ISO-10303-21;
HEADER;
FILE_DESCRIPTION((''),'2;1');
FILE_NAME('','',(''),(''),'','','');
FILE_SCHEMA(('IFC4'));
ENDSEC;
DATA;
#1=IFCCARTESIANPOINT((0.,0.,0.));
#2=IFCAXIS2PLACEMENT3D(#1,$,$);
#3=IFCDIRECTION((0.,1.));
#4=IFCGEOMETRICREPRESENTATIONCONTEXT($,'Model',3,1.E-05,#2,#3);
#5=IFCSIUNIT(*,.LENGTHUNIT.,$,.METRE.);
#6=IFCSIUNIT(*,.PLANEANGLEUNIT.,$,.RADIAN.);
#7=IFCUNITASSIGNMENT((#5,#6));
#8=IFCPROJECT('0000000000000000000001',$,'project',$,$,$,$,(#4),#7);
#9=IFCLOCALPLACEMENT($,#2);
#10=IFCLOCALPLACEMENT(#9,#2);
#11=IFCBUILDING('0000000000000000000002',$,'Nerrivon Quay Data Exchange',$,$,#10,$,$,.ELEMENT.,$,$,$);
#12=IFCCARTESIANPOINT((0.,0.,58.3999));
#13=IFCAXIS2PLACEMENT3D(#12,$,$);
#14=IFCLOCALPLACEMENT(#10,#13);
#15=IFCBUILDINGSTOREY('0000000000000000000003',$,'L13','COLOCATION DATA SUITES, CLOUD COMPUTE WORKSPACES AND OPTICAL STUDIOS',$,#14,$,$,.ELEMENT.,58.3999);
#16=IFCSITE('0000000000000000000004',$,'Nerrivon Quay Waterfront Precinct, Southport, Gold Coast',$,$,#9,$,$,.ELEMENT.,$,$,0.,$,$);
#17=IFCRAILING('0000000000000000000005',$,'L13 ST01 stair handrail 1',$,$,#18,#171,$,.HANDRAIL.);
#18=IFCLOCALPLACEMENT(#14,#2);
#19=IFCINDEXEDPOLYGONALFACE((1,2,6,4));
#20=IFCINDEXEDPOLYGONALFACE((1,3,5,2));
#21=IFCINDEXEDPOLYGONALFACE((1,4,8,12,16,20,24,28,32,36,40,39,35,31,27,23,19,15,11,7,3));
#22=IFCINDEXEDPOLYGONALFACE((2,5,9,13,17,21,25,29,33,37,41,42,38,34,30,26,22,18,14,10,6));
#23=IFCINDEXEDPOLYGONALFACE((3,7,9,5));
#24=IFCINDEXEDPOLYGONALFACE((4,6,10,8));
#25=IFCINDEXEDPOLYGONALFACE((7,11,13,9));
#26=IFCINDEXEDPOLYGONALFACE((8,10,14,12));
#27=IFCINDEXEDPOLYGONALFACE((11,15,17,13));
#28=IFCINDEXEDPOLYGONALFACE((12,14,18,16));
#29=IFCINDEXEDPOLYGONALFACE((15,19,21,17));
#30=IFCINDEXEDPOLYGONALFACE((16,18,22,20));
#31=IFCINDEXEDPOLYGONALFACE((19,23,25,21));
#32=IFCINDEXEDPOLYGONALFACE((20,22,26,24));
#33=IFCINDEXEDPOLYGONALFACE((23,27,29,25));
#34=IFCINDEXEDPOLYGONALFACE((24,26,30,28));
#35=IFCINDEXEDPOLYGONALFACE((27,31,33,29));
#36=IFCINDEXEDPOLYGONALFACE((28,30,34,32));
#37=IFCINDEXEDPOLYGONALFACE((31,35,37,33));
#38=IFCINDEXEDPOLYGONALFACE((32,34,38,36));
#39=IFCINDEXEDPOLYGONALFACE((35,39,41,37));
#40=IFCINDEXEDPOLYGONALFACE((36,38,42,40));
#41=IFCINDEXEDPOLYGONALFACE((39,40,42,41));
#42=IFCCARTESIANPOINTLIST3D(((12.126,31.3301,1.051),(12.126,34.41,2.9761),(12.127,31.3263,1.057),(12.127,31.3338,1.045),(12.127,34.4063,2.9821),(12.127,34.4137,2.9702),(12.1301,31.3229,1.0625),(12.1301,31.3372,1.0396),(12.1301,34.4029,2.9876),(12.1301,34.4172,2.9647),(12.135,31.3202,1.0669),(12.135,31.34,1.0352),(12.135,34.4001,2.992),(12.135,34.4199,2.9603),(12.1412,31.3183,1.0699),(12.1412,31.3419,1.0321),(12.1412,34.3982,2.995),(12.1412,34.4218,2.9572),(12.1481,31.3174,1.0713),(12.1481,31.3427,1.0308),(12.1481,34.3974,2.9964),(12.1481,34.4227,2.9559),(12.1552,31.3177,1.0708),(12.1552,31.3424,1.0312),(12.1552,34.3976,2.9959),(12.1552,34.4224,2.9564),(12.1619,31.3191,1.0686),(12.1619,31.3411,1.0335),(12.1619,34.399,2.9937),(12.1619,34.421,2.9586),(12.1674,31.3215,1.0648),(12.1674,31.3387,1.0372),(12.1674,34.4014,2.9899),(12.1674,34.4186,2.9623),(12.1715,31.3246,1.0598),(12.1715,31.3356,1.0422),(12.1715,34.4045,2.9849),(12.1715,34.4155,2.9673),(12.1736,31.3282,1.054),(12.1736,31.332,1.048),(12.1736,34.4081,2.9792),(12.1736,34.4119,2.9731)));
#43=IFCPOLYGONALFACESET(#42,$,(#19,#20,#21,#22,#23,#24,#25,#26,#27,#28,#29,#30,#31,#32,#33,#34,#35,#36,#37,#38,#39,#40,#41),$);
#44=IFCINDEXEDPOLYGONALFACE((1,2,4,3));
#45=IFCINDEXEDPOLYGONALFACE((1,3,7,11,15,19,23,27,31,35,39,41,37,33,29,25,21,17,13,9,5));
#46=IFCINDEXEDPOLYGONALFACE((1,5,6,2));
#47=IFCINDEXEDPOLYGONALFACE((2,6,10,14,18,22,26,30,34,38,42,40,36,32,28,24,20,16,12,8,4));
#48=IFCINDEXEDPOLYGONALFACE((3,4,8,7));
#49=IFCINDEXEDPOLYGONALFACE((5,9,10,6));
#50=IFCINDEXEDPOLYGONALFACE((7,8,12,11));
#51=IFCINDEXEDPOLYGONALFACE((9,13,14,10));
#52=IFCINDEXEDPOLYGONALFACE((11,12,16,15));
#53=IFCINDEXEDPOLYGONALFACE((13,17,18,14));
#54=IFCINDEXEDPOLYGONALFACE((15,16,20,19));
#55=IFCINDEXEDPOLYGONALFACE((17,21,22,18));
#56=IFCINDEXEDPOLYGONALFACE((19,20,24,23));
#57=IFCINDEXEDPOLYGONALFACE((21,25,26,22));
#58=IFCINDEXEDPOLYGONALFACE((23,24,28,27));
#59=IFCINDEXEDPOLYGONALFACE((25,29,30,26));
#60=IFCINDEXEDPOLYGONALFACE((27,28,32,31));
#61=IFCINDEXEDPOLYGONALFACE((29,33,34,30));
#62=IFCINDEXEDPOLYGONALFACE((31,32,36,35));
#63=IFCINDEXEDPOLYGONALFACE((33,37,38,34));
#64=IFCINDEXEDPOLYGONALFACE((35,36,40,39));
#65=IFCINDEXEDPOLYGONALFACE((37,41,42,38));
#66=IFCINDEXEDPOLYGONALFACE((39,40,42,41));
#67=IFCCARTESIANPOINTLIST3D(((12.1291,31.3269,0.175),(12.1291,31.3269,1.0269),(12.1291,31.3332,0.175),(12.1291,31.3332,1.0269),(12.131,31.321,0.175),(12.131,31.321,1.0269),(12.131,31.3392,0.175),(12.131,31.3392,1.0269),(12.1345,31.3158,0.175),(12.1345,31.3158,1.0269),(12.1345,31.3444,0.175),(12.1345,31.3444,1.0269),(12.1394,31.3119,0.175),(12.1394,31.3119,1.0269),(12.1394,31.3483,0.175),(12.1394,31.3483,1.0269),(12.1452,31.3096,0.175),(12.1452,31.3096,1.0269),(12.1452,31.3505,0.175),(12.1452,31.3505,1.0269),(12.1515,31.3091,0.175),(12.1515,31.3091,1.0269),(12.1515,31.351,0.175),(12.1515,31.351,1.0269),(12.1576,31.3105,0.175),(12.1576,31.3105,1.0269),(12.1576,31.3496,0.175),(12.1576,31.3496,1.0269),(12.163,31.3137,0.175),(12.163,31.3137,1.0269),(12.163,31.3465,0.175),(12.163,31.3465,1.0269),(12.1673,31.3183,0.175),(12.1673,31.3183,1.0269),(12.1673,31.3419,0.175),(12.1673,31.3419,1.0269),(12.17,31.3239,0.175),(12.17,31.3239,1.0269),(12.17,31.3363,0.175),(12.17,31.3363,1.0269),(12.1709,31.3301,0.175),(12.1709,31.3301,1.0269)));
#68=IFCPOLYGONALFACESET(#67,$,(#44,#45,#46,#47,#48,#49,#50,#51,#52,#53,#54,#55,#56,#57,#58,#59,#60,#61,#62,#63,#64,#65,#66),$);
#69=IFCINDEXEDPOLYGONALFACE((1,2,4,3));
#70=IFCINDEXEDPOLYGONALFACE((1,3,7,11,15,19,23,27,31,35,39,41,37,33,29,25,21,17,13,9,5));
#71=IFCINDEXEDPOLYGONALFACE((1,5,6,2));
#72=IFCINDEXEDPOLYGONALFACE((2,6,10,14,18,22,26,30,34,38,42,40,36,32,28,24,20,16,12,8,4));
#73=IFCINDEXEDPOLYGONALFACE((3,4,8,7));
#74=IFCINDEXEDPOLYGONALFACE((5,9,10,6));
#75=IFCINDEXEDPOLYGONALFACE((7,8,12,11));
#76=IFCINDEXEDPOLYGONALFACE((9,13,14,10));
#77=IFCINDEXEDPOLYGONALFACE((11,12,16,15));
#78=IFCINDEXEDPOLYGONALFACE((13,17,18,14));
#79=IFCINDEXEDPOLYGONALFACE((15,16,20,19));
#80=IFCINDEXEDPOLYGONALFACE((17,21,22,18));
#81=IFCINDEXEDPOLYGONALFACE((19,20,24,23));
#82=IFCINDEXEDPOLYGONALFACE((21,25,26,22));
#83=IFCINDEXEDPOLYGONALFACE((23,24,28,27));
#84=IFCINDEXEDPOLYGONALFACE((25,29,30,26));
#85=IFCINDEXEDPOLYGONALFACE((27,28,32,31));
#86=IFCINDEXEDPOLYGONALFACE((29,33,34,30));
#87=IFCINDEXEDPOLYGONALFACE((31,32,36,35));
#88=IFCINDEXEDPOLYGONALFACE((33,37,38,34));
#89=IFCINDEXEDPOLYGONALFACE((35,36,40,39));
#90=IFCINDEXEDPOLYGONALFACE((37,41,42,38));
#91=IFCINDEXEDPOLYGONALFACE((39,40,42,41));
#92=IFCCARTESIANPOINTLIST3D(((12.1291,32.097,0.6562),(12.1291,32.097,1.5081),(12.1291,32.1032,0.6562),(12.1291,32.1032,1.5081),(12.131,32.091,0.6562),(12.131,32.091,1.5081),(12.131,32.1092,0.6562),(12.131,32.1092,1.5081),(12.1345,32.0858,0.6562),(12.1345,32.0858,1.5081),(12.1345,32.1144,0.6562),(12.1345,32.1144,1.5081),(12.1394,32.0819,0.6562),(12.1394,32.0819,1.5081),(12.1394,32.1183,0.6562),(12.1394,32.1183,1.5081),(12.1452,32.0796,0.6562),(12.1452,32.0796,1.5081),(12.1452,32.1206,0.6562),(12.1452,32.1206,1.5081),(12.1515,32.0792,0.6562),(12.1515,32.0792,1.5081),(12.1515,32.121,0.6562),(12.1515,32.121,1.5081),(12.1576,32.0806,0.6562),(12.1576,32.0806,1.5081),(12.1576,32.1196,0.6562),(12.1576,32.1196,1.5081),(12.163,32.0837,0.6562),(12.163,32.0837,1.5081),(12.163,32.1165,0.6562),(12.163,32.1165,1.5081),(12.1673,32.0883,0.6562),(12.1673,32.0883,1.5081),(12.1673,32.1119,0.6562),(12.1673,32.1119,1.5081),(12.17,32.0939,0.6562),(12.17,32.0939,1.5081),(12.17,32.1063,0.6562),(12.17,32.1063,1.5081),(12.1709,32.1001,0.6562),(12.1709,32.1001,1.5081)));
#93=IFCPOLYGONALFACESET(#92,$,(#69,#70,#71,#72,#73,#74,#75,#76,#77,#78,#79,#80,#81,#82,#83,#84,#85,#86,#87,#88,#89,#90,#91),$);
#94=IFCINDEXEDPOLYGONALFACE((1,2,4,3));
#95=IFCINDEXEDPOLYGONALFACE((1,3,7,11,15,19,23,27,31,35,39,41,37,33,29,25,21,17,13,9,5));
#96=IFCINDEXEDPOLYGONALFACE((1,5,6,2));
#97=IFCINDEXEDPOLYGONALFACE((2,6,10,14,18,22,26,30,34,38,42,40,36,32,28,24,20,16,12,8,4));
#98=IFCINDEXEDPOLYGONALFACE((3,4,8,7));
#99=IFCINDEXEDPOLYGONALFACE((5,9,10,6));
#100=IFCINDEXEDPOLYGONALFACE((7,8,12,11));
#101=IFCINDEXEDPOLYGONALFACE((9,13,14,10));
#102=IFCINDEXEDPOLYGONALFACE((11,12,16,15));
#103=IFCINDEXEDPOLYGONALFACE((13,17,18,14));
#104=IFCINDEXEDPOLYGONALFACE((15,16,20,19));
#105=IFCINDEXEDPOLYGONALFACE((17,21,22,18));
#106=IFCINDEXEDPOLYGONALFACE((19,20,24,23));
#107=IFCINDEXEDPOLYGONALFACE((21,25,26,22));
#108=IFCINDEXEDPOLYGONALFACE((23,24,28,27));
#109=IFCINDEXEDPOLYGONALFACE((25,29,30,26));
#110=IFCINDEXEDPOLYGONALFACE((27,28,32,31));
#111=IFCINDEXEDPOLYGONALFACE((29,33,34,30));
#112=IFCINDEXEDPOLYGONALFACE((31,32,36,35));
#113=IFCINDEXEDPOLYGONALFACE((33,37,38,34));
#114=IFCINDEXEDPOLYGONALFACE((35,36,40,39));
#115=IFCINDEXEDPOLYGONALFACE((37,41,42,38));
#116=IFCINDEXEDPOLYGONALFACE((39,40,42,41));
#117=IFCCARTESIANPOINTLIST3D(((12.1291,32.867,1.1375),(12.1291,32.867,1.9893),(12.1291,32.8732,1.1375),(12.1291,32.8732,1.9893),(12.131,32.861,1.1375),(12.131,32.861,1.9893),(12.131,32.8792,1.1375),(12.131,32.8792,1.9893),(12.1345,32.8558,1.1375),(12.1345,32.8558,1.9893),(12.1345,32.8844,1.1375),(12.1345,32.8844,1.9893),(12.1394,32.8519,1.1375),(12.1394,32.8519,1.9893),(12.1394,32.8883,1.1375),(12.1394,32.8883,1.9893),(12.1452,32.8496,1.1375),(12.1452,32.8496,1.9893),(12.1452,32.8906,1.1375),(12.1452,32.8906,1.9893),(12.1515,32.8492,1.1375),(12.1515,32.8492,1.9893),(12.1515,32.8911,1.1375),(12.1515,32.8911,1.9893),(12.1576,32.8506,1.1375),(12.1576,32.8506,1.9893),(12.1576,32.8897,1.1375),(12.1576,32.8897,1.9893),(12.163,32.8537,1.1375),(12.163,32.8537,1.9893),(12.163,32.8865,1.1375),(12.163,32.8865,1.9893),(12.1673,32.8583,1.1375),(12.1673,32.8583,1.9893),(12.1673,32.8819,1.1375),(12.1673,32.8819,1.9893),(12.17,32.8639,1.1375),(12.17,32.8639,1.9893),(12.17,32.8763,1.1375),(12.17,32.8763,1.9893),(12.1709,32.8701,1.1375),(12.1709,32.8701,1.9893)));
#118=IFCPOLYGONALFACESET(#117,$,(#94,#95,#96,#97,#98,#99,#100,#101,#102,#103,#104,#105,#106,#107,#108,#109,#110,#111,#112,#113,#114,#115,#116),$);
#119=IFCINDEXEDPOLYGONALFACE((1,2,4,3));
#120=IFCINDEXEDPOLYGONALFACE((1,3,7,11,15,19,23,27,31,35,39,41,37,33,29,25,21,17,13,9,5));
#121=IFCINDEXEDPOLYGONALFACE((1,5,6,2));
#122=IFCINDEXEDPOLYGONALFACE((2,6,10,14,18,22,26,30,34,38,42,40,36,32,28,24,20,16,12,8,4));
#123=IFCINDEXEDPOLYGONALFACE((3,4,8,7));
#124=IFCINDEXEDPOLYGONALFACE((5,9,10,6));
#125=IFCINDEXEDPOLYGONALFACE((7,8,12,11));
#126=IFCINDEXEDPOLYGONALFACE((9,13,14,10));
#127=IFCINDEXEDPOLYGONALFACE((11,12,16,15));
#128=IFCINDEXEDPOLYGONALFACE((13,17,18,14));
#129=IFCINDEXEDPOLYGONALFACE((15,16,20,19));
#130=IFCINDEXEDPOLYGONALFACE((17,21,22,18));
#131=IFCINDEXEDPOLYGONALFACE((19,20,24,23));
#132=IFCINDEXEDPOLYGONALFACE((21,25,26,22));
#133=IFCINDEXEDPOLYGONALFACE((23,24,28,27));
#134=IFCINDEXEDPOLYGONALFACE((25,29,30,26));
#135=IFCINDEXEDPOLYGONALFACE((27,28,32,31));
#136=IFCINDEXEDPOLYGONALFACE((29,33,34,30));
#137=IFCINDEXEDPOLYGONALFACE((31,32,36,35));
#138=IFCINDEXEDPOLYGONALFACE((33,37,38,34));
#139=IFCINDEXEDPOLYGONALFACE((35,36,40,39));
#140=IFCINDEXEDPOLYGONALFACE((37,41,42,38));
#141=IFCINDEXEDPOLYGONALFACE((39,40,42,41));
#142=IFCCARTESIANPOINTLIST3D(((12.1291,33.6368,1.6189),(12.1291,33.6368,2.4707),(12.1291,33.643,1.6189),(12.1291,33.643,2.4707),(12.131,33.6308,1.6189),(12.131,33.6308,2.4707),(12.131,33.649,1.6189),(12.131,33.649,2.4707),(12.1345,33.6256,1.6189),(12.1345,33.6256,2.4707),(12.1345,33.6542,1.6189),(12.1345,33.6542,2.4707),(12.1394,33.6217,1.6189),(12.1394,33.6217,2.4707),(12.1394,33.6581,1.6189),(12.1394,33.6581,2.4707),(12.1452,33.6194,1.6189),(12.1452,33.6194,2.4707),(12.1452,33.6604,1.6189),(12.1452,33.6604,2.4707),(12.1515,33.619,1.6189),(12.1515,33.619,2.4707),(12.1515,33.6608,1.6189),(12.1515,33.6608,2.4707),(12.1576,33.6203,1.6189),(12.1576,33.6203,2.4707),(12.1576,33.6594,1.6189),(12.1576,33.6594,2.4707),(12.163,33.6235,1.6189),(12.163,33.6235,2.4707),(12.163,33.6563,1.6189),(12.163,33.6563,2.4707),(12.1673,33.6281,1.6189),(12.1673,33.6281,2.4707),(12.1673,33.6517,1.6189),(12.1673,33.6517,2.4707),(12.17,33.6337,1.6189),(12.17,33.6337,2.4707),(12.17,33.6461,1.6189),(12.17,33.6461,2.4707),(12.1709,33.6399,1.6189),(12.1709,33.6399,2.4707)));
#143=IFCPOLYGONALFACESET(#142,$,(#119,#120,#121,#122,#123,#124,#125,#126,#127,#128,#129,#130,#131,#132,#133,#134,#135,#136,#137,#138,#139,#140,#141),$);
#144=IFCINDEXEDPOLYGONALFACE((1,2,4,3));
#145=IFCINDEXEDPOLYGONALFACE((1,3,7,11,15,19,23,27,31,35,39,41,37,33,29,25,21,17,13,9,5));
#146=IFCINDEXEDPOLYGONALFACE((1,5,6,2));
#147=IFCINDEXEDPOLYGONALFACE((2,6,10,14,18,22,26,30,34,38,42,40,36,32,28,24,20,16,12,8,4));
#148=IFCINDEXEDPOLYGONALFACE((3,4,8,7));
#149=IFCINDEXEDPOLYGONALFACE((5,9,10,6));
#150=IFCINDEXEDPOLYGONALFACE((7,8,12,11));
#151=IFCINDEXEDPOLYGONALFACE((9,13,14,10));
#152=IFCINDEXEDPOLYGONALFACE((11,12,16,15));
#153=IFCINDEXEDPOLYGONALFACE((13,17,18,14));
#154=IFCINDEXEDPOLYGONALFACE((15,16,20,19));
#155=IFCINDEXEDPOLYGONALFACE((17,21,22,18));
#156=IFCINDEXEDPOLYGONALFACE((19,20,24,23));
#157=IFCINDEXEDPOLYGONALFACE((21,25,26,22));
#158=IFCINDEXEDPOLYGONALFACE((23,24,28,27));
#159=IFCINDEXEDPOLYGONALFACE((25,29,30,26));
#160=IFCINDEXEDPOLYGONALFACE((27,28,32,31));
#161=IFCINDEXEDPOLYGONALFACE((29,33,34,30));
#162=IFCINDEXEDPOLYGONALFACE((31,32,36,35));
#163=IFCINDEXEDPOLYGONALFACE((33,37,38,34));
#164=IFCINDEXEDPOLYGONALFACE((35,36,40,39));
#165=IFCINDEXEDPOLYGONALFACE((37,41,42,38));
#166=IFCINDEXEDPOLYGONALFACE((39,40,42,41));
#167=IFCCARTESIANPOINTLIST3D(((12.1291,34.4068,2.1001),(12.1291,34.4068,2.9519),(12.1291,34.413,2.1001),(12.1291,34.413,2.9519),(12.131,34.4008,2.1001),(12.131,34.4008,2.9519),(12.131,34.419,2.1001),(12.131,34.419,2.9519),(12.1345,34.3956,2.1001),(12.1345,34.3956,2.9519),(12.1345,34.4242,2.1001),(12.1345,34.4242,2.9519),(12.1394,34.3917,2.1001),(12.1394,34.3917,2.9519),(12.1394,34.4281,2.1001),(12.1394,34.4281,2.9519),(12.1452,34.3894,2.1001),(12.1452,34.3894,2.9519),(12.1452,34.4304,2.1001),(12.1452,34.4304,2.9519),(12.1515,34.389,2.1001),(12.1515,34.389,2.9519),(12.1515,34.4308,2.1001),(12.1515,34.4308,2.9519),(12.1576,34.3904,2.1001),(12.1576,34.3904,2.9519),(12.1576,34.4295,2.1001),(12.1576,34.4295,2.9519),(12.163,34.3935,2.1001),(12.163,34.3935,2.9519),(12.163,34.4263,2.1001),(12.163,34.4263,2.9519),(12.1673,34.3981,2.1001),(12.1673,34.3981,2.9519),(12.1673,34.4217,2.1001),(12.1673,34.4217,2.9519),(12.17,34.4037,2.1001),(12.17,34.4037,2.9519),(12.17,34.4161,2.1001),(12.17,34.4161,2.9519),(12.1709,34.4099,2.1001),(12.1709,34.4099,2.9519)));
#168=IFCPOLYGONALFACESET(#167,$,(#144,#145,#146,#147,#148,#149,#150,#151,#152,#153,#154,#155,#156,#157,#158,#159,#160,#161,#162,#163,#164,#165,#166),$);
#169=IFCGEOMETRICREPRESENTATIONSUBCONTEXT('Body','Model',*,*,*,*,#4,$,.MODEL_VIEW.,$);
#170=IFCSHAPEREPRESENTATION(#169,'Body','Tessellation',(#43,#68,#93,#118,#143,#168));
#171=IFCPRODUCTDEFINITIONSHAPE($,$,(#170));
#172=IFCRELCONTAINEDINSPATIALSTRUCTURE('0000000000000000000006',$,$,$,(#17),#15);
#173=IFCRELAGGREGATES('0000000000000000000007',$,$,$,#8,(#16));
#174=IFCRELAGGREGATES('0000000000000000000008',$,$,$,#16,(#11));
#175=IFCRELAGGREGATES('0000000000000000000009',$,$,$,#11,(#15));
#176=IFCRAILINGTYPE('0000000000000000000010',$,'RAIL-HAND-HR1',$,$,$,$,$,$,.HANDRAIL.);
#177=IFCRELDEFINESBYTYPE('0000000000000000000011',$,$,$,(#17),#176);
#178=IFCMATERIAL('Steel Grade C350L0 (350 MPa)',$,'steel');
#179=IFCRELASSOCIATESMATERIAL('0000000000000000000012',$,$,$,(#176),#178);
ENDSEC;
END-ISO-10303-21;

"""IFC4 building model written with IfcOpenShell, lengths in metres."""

from ifc_helpers import new_model, si_unit, direction, frame, origin, origin_2d, place, context, subcontext, project, spatial, circle, extrude, material, type_object, element, save


model = new_model("IFC4")

# Units and contexts
model_context = context("Model", 3, precision=1e-05, world=origin(), true_north=direction((0.0, 1.0)))
body_context = subcontext(model_context, "Body", "Model", "MODEL_VIEW")
ifc_project = project(units=[si_unit("LENGTHUNIT", "METRE"), si_unit("PLANEANGLEUNIT", "RADIAN")], contexts=[model_context])

# Site, building, storey
site_placement = place(None, origin())
site = spatial("IfcSite", under=ifc_project, at=site_placement, Name="Nerrivon Quay Waterfront Precinct, Southport, Gold Coast", CompositionType="ELEMENT", RefElevation=0.0)
building_placement = place(site_placement, origin())
building = spatial("IfcBuilding", under=site, at=building_placement, Name="Nerrivon Quay Data Exchange", CompositionType="ELEMENT")
storey_placement = place(building_placement, frame((0.0, 0.0, 58.3999)))
storey = spatial("IfcBuildingStorey", under=building, at=storey_placement, Name="L13", Description="COLOCATION DATA SUITES, CLOUD COMPUTE WORKSPACES AND OPTICAL STUDIOS", CompositionType="ELEMENT", Elevation=58.3999)

# Railing
ifc_material_1 = material(Name="Steel Grade C350L0 (350 MPa)", Category="steel")
railing_type_1 = type_object("IfcRailingType", Name="RAIL-HAND-HR1", PredefinedType="HANDRAIL", material=ifc_material_1)
railing_1_placement = place(storey_placement, frame((12.1499, 31.3301, 0.175)))
element("IfcRailing", 1, at=railing_1_placement, inside=storey, type_object=railing_type_1, Name="L13 ST01 stair handrail 1", PredefinedType="HANDRAIL", context=body_context, shape_type="SweptSolid", body=[
    extrude(circle(Radius=0.0239, at=origin_2d()), frame((0.0, 0.0, 0.876), z_axis=(0.0, 0.847979, 0.530029), x_axis=(-1.0, 0.0, 0.0)), (0.0, 0.0, 1.0), 3.6321),
    extrude(circle(Radius=0.021, at=origin_2d()), origin(), (0.0, 0.0, 1.0), 0.8518),
    extrude(circle(Radius=0.021, at=origin_2d()), frame((0.0, 0.77, 0.4812)), (0.0, 0.0, 1.0), 0.8518),
    extrude(circle(Radius=0.021, at=origin_2d()), frame((0.0, 1.54, 0.9624)), (0.0, 0.0, 1.0), 0.8518),
    extrude(circle(Radius=0.021, at=origin_2d()), frame((0.0, 2.3098, 1.4438)), (0.0, 0.0, 1.0), 0.8518),
    extrude(circle(Radius=0.021, at=origin_2d()), frame((0.0, 3.0798, 1.925)), (0.0, 0.0, 1.0), 0.8518),
])

save(model, "model.ifc")
